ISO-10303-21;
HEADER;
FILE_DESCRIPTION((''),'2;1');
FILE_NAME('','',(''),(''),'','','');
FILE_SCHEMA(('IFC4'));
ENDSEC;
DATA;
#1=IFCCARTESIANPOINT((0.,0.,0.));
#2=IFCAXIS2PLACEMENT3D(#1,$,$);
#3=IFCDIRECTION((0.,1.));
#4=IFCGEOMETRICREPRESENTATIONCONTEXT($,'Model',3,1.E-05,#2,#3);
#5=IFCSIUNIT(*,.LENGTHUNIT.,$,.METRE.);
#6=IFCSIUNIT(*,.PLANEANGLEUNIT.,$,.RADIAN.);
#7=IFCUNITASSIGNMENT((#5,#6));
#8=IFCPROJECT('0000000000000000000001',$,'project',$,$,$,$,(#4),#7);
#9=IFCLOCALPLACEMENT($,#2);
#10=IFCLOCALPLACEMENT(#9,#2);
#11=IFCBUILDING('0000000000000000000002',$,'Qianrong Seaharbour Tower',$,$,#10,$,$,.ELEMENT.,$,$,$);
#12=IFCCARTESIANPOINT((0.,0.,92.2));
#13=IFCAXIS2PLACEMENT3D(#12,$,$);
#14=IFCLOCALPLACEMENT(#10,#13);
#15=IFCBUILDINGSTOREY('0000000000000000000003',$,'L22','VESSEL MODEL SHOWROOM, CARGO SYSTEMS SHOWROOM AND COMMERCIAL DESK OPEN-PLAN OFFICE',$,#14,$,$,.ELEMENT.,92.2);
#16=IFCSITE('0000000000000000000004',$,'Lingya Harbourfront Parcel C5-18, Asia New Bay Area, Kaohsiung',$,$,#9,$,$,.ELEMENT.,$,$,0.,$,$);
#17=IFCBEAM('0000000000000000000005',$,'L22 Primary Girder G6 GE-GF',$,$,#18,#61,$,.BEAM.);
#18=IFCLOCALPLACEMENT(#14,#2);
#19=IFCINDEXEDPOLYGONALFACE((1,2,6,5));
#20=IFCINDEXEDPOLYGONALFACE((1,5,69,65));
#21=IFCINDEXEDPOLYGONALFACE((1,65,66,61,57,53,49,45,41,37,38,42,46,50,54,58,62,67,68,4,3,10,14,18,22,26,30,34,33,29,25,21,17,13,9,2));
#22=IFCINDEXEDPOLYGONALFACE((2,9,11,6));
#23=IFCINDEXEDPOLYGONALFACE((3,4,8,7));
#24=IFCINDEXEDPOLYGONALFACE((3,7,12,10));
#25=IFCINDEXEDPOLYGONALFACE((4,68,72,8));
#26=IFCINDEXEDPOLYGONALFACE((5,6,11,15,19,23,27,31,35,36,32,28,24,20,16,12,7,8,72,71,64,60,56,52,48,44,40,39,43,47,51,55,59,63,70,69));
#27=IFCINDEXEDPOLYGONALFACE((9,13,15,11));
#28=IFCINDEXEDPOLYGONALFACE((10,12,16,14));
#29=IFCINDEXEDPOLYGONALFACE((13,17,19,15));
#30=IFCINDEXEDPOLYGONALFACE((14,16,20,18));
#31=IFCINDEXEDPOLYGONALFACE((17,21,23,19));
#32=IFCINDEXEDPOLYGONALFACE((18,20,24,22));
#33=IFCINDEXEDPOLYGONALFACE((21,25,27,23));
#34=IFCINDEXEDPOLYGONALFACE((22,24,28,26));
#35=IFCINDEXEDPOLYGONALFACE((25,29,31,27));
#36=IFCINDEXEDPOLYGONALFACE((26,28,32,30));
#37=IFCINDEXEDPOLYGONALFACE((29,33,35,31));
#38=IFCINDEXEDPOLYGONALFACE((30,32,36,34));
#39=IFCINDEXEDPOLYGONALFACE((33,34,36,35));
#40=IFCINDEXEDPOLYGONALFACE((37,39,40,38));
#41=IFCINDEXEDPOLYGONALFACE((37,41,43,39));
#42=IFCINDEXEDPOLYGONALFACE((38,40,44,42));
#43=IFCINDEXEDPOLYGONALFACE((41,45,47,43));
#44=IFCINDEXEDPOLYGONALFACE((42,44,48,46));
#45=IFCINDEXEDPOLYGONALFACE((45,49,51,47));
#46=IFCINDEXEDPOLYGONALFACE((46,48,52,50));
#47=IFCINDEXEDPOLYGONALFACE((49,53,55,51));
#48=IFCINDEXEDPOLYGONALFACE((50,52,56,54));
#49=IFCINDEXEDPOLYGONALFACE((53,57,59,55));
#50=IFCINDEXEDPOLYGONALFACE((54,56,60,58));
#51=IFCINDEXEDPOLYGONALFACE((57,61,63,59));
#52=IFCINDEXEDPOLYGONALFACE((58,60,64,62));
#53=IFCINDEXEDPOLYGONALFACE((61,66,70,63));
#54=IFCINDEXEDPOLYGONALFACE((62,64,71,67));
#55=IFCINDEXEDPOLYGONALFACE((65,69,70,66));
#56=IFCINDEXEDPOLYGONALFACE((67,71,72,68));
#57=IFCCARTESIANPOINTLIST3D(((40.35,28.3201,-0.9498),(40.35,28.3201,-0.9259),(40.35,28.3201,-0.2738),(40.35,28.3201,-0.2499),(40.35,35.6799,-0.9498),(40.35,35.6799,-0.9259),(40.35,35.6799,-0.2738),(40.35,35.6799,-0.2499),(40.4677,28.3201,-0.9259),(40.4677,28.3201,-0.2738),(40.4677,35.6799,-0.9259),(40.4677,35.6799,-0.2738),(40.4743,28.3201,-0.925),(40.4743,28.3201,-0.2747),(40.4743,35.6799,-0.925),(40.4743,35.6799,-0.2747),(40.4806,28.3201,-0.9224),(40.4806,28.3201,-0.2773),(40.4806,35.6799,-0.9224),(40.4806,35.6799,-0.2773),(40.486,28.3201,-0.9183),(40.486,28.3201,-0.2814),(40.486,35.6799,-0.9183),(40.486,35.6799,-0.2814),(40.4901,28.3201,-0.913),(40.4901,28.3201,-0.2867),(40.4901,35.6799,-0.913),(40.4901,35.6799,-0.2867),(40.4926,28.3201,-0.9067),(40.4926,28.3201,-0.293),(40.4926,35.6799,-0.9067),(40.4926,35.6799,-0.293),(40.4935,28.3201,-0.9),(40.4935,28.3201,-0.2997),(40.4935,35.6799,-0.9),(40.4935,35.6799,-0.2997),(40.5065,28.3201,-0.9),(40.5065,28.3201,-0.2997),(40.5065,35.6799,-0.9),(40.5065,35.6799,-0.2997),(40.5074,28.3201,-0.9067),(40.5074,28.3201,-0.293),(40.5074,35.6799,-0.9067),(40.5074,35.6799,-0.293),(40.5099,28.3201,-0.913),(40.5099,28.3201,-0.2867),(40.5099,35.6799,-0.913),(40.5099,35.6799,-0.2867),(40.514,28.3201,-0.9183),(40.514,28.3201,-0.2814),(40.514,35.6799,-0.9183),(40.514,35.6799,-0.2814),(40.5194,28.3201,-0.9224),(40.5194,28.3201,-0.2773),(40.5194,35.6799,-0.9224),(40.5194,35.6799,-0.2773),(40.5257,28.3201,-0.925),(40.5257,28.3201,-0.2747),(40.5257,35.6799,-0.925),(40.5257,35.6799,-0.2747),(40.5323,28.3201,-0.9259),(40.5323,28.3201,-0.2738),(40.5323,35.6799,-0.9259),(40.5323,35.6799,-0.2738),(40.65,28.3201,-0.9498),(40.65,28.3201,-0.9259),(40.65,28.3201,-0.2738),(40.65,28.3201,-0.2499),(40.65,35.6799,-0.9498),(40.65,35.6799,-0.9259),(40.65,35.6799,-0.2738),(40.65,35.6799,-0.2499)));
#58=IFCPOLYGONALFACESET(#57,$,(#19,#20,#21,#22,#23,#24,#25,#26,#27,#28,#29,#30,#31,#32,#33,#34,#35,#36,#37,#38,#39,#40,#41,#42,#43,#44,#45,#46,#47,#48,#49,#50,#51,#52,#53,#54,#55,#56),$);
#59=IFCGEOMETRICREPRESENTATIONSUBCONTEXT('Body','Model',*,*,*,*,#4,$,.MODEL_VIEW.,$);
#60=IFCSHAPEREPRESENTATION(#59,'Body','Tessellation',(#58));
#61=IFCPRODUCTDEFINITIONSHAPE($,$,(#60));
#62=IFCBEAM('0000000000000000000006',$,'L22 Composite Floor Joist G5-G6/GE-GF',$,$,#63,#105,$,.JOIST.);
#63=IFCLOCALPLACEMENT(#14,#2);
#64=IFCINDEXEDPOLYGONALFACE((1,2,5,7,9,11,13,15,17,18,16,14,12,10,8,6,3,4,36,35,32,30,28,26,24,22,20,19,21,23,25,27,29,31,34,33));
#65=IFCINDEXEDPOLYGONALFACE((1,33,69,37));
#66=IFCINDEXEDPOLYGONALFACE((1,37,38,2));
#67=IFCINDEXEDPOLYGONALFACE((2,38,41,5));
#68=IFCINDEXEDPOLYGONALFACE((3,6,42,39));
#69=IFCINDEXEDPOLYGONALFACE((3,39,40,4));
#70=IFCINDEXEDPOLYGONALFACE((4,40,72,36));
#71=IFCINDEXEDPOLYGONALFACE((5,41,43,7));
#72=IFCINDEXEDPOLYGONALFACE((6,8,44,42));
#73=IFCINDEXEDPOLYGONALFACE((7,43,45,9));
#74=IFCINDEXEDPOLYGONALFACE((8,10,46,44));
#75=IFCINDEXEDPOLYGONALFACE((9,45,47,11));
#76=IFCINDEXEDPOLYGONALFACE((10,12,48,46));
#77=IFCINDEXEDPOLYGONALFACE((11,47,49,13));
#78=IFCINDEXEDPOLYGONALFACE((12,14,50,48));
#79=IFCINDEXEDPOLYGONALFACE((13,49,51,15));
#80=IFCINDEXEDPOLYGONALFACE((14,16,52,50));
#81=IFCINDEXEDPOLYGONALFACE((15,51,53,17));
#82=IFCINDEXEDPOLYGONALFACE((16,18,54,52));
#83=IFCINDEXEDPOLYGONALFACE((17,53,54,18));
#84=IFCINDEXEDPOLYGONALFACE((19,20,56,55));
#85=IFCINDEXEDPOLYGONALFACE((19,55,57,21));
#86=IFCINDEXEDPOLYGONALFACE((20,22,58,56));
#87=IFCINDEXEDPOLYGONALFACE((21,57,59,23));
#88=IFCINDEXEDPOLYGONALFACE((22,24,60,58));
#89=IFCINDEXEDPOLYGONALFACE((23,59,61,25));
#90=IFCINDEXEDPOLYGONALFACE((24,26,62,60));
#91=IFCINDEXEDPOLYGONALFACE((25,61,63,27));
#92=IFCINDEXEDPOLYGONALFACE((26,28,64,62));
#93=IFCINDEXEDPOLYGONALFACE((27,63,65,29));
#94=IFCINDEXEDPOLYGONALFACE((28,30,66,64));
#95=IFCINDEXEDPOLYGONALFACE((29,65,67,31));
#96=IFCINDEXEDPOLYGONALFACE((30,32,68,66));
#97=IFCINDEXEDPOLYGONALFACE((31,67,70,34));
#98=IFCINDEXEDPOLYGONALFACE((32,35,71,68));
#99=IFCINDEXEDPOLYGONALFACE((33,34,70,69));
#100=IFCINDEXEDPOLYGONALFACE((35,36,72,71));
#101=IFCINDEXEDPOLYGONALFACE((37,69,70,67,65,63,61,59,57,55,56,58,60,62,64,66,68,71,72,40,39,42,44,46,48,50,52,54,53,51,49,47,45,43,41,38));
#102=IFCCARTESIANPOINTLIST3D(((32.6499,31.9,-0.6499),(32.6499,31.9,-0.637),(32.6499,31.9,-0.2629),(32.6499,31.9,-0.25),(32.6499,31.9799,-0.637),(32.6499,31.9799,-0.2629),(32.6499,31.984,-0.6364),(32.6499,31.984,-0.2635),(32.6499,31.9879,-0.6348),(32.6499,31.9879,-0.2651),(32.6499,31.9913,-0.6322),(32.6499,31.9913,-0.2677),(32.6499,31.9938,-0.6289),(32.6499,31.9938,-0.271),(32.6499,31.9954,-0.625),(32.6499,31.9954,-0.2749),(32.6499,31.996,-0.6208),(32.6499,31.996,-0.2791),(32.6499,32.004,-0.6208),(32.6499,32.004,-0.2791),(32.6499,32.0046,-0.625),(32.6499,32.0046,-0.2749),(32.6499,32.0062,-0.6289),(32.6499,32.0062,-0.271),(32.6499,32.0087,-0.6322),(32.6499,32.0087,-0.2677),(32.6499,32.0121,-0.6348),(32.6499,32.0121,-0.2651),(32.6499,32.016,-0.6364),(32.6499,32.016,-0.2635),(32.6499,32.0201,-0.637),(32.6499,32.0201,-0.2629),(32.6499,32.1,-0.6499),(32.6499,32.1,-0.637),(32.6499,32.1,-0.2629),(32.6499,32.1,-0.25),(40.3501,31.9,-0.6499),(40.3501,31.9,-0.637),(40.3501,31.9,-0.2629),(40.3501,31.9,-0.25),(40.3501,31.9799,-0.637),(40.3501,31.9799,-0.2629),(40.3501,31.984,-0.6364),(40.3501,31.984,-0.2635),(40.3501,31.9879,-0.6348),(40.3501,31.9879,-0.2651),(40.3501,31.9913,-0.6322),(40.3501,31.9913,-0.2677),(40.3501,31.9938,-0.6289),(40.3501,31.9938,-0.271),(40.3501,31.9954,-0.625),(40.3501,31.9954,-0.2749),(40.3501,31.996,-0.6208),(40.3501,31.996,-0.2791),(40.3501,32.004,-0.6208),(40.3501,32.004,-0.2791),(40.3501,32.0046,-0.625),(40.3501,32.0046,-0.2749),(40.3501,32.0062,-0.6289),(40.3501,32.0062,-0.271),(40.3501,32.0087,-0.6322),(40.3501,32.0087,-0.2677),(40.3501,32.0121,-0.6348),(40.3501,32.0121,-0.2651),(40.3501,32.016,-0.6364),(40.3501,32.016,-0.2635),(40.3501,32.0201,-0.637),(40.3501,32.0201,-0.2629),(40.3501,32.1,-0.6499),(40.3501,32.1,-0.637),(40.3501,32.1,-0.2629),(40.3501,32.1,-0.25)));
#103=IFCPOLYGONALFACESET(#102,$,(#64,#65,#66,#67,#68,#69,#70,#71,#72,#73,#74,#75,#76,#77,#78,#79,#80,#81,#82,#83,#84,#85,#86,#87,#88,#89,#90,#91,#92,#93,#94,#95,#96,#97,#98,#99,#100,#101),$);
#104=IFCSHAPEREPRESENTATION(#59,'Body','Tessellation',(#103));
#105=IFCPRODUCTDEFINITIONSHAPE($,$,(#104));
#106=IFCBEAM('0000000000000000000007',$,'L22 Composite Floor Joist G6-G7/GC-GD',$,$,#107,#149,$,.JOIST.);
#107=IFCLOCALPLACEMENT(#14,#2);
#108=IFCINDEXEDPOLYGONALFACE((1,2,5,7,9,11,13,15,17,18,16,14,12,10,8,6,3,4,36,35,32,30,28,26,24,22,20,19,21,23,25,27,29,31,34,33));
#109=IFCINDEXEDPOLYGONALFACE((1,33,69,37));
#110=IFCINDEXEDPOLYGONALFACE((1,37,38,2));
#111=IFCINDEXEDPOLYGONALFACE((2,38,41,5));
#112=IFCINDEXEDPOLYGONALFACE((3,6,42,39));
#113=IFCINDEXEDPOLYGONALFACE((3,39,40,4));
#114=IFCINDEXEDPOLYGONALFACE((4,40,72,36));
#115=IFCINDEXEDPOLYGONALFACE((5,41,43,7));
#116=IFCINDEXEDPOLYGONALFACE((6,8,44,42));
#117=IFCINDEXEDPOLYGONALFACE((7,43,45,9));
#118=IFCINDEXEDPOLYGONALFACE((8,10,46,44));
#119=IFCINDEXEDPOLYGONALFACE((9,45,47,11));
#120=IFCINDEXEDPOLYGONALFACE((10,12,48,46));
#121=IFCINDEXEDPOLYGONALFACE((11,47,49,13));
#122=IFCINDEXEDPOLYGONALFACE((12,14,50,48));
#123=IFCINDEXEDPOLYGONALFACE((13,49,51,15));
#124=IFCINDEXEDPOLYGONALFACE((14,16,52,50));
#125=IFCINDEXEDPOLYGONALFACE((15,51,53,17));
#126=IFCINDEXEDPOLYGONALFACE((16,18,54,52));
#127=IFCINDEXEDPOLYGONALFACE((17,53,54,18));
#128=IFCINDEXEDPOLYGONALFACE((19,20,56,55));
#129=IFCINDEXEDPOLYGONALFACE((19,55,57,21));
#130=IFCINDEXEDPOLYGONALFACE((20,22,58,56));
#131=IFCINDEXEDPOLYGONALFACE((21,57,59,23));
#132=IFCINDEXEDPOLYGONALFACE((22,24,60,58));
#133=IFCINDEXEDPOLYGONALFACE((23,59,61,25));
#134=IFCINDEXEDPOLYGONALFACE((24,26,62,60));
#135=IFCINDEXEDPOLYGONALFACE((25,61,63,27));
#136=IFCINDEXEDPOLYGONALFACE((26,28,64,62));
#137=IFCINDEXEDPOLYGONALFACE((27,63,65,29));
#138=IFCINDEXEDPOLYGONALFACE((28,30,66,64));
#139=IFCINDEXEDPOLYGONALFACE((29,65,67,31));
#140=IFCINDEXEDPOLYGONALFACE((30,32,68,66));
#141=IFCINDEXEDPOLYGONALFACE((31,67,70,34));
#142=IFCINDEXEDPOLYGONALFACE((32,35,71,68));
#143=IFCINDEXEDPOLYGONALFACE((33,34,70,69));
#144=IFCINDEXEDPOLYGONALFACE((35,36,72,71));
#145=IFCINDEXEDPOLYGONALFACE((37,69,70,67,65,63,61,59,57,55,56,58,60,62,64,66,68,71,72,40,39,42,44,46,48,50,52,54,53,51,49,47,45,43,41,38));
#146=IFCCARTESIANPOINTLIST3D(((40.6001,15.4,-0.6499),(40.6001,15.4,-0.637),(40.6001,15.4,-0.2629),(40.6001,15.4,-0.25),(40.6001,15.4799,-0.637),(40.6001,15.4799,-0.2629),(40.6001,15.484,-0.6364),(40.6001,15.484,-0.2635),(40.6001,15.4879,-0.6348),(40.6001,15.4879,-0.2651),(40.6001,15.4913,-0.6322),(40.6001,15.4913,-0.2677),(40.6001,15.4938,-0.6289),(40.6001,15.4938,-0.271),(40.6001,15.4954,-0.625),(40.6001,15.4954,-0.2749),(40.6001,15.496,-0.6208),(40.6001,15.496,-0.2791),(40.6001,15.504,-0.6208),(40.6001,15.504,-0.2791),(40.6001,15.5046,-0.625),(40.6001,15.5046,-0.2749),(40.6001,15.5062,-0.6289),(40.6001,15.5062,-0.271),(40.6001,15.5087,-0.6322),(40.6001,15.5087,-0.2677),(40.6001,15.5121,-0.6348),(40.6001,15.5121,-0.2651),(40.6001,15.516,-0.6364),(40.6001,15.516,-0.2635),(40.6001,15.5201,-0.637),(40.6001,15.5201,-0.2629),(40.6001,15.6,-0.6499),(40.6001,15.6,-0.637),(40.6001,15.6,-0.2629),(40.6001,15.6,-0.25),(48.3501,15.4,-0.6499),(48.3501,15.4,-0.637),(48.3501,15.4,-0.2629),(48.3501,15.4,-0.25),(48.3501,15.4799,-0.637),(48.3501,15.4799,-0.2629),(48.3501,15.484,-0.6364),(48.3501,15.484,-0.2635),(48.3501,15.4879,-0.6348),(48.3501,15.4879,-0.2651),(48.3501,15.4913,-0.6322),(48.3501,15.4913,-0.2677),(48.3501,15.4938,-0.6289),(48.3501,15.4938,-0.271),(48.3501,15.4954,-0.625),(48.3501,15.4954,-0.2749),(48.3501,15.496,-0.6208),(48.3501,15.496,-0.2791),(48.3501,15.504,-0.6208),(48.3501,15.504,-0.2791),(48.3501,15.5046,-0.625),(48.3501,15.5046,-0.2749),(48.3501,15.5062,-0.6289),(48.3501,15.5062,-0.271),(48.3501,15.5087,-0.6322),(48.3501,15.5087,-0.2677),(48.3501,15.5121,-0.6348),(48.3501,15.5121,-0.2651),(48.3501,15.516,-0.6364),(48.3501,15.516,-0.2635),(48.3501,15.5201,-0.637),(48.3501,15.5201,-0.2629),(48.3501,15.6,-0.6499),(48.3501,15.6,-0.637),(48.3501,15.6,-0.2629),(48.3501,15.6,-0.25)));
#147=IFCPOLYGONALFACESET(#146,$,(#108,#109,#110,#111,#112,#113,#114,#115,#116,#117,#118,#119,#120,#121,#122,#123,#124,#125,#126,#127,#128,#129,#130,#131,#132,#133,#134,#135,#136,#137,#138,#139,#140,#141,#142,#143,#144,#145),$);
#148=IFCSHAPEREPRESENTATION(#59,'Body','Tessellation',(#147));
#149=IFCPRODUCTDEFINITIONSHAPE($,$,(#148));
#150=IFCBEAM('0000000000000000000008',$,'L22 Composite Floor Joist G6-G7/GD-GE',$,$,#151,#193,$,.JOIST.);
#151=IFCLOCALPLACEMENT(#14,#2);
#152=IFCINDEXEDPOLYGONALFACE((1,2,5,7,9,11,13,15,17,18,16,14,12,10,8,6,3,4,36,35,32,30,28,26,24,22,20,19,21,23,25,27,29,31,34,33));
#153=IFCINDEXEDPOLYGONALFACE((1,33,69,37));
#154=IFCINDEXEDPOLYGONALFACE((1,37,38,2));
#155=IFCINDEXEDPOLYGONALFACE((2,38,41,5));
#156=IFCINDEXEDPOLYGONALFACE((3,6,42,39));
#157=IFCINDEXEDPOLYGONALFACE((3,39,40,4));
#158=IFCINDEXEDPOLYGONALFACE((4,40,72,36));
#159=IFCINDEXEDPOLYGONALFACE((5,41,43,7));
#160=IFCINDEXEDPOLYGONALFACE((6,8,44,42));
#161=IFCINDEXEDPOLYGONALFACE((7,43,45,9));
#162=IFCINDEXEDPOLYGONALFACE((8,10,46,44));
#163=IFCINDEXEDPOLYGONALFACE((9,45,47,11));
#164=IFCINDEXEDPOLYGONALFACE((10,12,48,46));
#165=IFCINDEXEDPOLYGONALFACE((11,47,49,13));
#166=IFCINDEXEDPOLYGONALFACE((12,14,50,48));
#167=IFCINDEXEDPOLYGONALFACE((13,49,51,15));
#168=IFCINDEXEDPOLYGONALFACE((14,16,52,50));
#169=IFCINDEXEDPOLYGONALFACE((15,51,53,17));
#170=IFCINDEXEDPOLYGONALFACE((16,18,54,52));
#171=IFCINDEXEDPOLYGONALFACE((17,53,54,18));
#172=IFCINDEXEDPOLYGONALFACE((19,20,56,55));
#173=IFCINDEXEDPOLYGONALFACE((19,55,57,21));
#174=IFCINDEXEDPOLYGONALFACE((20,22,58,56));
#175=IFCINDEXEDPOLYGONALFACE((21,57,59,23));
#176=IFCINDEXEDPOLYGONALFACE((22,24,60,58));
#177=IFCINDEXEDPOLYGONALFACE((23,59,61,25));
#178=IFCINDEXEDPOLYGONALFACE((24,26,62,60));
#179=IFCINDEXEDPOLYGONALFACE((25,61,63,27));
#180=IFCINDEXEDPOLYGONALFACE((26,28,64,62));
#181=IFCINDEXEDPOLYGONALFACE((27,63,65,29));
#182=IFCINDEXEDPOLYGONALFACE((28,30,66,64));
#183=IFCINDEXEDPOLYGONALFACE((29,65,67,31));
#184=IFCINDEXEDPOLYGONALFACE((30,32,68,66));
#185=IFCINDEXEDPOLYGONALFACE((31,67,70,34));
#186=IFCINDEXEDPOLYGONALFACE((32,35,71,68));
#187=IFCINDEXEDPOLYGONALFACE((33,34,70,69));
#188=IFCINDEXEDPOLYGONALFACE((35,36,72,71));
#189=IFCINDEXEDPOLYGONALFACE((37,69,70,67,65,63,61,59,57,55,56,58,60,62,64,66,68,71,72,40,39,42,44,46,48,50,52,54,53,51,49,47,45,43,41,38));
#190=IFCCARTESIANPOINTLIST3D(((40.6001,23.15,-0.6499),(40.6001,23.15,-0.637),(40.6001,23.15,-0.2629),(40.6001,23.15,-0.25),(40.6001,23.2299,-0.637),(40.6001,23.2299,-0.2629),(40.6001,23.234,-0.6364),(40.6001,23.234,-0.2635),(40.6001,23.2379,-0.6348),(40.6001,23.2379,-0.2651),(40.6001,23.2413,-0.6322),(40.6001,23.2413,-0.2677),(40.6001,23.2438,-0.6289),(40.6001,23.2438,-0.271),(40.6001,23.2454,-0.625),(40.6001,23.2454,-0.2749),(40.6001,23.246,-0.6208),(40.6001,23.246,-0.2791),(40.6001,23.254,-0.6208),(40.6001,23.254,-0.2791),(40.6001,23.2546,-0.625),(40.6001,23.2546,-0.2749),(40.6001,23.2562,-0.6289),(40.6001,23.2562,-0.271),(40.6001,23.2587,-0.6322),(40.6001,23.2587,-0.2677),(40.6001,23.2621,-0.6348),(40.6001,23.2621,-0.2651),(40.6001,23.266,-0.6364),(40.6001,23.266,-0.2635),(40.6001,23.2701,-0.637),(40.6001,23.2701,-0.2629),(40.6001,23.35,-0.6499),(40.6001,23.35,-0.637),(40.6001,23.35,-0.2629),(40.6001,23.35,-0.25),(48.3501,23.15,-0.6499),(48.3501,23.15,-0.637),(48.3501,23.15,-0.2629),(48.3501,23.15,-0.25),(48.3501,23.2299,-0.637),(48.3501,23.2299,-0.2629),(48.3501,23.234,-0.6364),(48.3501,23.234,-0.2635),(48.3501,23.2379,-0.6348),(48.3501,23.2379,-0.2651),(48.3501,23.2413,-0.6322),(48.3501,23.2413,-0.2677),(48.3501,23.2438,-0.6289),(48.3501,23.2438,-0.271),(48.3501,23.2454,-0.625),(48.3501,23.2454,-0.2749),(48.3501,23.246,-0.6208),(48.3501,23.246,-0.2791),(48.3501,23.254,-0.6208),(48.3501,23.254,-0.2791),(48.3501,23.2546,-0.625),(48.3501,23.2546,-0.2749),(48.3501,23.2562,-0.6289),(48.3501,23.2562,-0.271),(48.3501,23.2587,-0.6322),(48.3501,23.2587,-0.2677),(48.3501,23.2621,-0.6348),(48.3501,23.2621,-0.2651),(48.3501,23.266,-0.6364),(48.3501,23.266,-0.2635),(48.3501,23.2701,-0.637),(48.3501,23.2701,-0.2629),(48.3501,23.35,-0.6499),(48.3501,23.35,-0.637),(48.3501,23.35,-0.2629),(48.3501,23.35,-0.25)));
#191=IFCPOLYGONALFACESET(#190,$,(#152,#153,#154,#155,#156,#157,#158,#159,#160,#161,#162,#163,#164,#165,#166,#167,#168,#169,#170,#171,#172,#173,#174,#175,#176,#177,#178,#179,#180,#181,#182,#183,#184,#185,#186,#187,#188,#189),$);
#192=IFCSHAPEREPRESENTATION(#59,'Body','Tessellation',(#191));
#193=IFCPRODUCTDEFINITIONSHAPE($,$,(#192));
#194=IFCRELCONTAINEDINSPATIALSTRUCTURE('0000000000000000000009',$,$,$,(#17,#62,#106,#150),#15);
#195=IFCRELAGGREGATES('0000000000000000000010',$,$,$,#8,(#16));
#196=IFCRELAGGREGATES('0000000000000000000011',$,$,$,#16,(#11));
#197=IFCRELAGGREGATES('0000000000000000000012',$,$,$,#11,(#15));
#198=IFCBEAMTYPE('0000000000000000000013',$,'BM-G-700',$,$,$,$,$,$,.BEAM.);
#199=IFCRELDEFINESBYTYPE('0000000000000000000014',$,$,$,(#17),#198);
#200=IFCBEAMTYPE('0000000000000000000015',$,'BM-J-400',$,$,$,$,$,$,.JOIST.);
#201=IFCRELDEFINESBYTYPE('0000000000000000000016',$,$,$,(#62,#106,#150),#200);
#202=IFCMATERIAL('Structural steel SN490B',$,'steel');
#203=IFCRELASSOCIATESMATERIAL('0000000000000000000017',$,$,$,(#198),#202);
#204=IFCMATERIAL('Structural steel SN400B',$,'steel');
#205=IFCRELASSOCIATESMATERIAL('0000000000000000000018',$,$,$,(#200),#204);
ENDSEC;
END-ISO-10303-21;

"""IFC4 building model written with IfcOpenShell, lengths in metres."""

from ifc_helpers import new_model, si_unit, direction, frame, origin, origin_2d, place, context, subcontext, project, spatial, i_section, extrude, material, material_profile, profile_set, type_object, element, save


model = new_model("IFC4")

# Units and contexts
model_context = context("Model", 3, precision=1e-05, world=origin(), true_north=direction((0.0, 1.0)))
body_context = subcontext(model_context, "Body", "Model", "MODEL_VIEW")
ifc_project = project(units=[si_unit("LENGTHUNIT", "METRE"), si_unit("PLANEANGLEUNIT", "RADIAN")], contexts=[model_context])

# Site, building, storey
site_placement = place(None, origin())
site = spatial("IfcSite", under=ifc_project, at=site_placement, Name="Lingya Harbourfront Parcel C5-18, Asia New Bay Area, Kaohsiung", CompositionType="ELEMENT", RefElevation=0.0)
building_placement = place(site_placement, origin())
building = spatial("IfcBuilding", under=site, at=building_placement, Name="Qianrong Seaharbour Tower", CompositionType="ELEMENT")
storey_placement = place(building_placement, frame((0.0, 0.0, 92.2)))
storey = spatial("IfcBuildingStorey", under=building, at=storey_placement, Name="L22", Description="VESSEL MODEL SHOWROOM, CARGO SYSTEMS SHOWROOM AND COMMERCIAL DESK OPEN-PLAN OFFICE", CompositionType="ELEMENT", Elevation=92.2)

# Shared definitions
ifc_material_1 = material(Name="Structural steel SN490B", Category="steel")

# Beams
ifc_material_profile_1 = material_profile(ifc_material_1, i_section(OverallWidth=0.3, OverallDepth=0.7, WebThickness=0.0129, FlangeThickness=0.0239, FilletRadius=0.0259, at=origin_2d()), Name="H700x300x13x24")
ifc_profile_set_1 = profile_set([ifc_material_profile_1], Name="Structural steel SN490B")
beam_type_1 = type_object("IfcBeamType", Name="BM-G-700", PredefinedType="BEAM", material=ifc_profile_set_1)
beam_1_placement = place(storey_placement, frame((40.5, 28.3201, -0.5999), z_axis=(0.0, 1.0, 0.0), x_axis=(-1.0, 0.0, 0.0)))
element("IfcBeam", 1, at=beam_1_placement, inside=storey, type_object=beam_type_1, Name="L22 Primary Girder G6 GE-GF", PredefinedType="BEAM", context=body_context, shape_type="SweptSolid", body=[
    extrude(i_section(OverallWidth=0.3, OverallDepth=0.7, WebThickness=0.0129, FlangeThickness=0.0239, FilletRadius=0.0259, at=origin_2d()), origin(), (0.0, 0.0, 1.0), 7.3599),
])
ifc_material_2 = material(Name="Structural steel SN400B", Category="steel")
ifc_material_profile_2 = material_profile(ifc_material_2, i_section(OverallWidth=0.2, OverallDepth=0.3999, WebThickness=0.0081, FlangeThickness=0.0129, FilletRadius=0.0161, at=origin_2d()), Name="H400x200x8x13")
ifc_profile_set_2 = profile_set([ifc_material_profile_2], Name="Structural steel SN400B")
beam_type_2 = type_object("IfcBeamType", Name="BM-J-400", PredefinedType="JOIST", material=ifc_profile_set_2)
beam_2_placement = place(storey_placement, frame((32.6499, 32.0, -0.45), z_axis=(1.0, 0.0, 0.0), x_axis=(0.0, 1.0, 0.0)))
element("IfcBeam", 2, at=beam_2_placement, inside=storey, type_object=beam_type_2, Name="L22 Composite Floor Joist G5-G6/GE-GF", PredefinedType="JOIST", context=body_context, shape_type="SweptSolid", body=[
    extrude(i_section(OverallWidth=0.2, OverallDepth=0.3999, WebThickness=0.0081, FlangeThickness=0.0129, FilletRadius=0.0161, at=origin_2d()), origin(), (0.0, 0.0, 1.0), 7.7002),
])
for number, where, z_axis, x_axis, name in (
    (3, (40.6001, 15.5, -0.45), (1.0, 0.0, 0.0), (0.0, 1.0, 0.0), "L22 Composite Floor Joist G6-G7/GC-GD"),
    (4, (40.6001, 23.25, -0.45), (1.0, 0.0, 0.0), (0.0, 1.0, 0.0), "L22 Composite Floor Joist G6-G7/GD-GE"),
):
    element("IfcBeam", number, at=place(storey_placement, frame(where, z_axis=z_axis, x_axis=x_axis)), inside=storey, type_object=beam_type_2, Name=name, PredefinedType="JOIST", context=body_context, shape_type="SweptSolid", body=[
        extrude(i_section(OverallWidth=0.2, OverallDepth=0.3999, WebThickness=0.0081, FlangeThickness=0.0129, FilletRadius=0.0161, at=origin_2d()), origin(), (0.0, 0.0, 1.0), 7.75),
    ])

save(model, "model.ifc")
